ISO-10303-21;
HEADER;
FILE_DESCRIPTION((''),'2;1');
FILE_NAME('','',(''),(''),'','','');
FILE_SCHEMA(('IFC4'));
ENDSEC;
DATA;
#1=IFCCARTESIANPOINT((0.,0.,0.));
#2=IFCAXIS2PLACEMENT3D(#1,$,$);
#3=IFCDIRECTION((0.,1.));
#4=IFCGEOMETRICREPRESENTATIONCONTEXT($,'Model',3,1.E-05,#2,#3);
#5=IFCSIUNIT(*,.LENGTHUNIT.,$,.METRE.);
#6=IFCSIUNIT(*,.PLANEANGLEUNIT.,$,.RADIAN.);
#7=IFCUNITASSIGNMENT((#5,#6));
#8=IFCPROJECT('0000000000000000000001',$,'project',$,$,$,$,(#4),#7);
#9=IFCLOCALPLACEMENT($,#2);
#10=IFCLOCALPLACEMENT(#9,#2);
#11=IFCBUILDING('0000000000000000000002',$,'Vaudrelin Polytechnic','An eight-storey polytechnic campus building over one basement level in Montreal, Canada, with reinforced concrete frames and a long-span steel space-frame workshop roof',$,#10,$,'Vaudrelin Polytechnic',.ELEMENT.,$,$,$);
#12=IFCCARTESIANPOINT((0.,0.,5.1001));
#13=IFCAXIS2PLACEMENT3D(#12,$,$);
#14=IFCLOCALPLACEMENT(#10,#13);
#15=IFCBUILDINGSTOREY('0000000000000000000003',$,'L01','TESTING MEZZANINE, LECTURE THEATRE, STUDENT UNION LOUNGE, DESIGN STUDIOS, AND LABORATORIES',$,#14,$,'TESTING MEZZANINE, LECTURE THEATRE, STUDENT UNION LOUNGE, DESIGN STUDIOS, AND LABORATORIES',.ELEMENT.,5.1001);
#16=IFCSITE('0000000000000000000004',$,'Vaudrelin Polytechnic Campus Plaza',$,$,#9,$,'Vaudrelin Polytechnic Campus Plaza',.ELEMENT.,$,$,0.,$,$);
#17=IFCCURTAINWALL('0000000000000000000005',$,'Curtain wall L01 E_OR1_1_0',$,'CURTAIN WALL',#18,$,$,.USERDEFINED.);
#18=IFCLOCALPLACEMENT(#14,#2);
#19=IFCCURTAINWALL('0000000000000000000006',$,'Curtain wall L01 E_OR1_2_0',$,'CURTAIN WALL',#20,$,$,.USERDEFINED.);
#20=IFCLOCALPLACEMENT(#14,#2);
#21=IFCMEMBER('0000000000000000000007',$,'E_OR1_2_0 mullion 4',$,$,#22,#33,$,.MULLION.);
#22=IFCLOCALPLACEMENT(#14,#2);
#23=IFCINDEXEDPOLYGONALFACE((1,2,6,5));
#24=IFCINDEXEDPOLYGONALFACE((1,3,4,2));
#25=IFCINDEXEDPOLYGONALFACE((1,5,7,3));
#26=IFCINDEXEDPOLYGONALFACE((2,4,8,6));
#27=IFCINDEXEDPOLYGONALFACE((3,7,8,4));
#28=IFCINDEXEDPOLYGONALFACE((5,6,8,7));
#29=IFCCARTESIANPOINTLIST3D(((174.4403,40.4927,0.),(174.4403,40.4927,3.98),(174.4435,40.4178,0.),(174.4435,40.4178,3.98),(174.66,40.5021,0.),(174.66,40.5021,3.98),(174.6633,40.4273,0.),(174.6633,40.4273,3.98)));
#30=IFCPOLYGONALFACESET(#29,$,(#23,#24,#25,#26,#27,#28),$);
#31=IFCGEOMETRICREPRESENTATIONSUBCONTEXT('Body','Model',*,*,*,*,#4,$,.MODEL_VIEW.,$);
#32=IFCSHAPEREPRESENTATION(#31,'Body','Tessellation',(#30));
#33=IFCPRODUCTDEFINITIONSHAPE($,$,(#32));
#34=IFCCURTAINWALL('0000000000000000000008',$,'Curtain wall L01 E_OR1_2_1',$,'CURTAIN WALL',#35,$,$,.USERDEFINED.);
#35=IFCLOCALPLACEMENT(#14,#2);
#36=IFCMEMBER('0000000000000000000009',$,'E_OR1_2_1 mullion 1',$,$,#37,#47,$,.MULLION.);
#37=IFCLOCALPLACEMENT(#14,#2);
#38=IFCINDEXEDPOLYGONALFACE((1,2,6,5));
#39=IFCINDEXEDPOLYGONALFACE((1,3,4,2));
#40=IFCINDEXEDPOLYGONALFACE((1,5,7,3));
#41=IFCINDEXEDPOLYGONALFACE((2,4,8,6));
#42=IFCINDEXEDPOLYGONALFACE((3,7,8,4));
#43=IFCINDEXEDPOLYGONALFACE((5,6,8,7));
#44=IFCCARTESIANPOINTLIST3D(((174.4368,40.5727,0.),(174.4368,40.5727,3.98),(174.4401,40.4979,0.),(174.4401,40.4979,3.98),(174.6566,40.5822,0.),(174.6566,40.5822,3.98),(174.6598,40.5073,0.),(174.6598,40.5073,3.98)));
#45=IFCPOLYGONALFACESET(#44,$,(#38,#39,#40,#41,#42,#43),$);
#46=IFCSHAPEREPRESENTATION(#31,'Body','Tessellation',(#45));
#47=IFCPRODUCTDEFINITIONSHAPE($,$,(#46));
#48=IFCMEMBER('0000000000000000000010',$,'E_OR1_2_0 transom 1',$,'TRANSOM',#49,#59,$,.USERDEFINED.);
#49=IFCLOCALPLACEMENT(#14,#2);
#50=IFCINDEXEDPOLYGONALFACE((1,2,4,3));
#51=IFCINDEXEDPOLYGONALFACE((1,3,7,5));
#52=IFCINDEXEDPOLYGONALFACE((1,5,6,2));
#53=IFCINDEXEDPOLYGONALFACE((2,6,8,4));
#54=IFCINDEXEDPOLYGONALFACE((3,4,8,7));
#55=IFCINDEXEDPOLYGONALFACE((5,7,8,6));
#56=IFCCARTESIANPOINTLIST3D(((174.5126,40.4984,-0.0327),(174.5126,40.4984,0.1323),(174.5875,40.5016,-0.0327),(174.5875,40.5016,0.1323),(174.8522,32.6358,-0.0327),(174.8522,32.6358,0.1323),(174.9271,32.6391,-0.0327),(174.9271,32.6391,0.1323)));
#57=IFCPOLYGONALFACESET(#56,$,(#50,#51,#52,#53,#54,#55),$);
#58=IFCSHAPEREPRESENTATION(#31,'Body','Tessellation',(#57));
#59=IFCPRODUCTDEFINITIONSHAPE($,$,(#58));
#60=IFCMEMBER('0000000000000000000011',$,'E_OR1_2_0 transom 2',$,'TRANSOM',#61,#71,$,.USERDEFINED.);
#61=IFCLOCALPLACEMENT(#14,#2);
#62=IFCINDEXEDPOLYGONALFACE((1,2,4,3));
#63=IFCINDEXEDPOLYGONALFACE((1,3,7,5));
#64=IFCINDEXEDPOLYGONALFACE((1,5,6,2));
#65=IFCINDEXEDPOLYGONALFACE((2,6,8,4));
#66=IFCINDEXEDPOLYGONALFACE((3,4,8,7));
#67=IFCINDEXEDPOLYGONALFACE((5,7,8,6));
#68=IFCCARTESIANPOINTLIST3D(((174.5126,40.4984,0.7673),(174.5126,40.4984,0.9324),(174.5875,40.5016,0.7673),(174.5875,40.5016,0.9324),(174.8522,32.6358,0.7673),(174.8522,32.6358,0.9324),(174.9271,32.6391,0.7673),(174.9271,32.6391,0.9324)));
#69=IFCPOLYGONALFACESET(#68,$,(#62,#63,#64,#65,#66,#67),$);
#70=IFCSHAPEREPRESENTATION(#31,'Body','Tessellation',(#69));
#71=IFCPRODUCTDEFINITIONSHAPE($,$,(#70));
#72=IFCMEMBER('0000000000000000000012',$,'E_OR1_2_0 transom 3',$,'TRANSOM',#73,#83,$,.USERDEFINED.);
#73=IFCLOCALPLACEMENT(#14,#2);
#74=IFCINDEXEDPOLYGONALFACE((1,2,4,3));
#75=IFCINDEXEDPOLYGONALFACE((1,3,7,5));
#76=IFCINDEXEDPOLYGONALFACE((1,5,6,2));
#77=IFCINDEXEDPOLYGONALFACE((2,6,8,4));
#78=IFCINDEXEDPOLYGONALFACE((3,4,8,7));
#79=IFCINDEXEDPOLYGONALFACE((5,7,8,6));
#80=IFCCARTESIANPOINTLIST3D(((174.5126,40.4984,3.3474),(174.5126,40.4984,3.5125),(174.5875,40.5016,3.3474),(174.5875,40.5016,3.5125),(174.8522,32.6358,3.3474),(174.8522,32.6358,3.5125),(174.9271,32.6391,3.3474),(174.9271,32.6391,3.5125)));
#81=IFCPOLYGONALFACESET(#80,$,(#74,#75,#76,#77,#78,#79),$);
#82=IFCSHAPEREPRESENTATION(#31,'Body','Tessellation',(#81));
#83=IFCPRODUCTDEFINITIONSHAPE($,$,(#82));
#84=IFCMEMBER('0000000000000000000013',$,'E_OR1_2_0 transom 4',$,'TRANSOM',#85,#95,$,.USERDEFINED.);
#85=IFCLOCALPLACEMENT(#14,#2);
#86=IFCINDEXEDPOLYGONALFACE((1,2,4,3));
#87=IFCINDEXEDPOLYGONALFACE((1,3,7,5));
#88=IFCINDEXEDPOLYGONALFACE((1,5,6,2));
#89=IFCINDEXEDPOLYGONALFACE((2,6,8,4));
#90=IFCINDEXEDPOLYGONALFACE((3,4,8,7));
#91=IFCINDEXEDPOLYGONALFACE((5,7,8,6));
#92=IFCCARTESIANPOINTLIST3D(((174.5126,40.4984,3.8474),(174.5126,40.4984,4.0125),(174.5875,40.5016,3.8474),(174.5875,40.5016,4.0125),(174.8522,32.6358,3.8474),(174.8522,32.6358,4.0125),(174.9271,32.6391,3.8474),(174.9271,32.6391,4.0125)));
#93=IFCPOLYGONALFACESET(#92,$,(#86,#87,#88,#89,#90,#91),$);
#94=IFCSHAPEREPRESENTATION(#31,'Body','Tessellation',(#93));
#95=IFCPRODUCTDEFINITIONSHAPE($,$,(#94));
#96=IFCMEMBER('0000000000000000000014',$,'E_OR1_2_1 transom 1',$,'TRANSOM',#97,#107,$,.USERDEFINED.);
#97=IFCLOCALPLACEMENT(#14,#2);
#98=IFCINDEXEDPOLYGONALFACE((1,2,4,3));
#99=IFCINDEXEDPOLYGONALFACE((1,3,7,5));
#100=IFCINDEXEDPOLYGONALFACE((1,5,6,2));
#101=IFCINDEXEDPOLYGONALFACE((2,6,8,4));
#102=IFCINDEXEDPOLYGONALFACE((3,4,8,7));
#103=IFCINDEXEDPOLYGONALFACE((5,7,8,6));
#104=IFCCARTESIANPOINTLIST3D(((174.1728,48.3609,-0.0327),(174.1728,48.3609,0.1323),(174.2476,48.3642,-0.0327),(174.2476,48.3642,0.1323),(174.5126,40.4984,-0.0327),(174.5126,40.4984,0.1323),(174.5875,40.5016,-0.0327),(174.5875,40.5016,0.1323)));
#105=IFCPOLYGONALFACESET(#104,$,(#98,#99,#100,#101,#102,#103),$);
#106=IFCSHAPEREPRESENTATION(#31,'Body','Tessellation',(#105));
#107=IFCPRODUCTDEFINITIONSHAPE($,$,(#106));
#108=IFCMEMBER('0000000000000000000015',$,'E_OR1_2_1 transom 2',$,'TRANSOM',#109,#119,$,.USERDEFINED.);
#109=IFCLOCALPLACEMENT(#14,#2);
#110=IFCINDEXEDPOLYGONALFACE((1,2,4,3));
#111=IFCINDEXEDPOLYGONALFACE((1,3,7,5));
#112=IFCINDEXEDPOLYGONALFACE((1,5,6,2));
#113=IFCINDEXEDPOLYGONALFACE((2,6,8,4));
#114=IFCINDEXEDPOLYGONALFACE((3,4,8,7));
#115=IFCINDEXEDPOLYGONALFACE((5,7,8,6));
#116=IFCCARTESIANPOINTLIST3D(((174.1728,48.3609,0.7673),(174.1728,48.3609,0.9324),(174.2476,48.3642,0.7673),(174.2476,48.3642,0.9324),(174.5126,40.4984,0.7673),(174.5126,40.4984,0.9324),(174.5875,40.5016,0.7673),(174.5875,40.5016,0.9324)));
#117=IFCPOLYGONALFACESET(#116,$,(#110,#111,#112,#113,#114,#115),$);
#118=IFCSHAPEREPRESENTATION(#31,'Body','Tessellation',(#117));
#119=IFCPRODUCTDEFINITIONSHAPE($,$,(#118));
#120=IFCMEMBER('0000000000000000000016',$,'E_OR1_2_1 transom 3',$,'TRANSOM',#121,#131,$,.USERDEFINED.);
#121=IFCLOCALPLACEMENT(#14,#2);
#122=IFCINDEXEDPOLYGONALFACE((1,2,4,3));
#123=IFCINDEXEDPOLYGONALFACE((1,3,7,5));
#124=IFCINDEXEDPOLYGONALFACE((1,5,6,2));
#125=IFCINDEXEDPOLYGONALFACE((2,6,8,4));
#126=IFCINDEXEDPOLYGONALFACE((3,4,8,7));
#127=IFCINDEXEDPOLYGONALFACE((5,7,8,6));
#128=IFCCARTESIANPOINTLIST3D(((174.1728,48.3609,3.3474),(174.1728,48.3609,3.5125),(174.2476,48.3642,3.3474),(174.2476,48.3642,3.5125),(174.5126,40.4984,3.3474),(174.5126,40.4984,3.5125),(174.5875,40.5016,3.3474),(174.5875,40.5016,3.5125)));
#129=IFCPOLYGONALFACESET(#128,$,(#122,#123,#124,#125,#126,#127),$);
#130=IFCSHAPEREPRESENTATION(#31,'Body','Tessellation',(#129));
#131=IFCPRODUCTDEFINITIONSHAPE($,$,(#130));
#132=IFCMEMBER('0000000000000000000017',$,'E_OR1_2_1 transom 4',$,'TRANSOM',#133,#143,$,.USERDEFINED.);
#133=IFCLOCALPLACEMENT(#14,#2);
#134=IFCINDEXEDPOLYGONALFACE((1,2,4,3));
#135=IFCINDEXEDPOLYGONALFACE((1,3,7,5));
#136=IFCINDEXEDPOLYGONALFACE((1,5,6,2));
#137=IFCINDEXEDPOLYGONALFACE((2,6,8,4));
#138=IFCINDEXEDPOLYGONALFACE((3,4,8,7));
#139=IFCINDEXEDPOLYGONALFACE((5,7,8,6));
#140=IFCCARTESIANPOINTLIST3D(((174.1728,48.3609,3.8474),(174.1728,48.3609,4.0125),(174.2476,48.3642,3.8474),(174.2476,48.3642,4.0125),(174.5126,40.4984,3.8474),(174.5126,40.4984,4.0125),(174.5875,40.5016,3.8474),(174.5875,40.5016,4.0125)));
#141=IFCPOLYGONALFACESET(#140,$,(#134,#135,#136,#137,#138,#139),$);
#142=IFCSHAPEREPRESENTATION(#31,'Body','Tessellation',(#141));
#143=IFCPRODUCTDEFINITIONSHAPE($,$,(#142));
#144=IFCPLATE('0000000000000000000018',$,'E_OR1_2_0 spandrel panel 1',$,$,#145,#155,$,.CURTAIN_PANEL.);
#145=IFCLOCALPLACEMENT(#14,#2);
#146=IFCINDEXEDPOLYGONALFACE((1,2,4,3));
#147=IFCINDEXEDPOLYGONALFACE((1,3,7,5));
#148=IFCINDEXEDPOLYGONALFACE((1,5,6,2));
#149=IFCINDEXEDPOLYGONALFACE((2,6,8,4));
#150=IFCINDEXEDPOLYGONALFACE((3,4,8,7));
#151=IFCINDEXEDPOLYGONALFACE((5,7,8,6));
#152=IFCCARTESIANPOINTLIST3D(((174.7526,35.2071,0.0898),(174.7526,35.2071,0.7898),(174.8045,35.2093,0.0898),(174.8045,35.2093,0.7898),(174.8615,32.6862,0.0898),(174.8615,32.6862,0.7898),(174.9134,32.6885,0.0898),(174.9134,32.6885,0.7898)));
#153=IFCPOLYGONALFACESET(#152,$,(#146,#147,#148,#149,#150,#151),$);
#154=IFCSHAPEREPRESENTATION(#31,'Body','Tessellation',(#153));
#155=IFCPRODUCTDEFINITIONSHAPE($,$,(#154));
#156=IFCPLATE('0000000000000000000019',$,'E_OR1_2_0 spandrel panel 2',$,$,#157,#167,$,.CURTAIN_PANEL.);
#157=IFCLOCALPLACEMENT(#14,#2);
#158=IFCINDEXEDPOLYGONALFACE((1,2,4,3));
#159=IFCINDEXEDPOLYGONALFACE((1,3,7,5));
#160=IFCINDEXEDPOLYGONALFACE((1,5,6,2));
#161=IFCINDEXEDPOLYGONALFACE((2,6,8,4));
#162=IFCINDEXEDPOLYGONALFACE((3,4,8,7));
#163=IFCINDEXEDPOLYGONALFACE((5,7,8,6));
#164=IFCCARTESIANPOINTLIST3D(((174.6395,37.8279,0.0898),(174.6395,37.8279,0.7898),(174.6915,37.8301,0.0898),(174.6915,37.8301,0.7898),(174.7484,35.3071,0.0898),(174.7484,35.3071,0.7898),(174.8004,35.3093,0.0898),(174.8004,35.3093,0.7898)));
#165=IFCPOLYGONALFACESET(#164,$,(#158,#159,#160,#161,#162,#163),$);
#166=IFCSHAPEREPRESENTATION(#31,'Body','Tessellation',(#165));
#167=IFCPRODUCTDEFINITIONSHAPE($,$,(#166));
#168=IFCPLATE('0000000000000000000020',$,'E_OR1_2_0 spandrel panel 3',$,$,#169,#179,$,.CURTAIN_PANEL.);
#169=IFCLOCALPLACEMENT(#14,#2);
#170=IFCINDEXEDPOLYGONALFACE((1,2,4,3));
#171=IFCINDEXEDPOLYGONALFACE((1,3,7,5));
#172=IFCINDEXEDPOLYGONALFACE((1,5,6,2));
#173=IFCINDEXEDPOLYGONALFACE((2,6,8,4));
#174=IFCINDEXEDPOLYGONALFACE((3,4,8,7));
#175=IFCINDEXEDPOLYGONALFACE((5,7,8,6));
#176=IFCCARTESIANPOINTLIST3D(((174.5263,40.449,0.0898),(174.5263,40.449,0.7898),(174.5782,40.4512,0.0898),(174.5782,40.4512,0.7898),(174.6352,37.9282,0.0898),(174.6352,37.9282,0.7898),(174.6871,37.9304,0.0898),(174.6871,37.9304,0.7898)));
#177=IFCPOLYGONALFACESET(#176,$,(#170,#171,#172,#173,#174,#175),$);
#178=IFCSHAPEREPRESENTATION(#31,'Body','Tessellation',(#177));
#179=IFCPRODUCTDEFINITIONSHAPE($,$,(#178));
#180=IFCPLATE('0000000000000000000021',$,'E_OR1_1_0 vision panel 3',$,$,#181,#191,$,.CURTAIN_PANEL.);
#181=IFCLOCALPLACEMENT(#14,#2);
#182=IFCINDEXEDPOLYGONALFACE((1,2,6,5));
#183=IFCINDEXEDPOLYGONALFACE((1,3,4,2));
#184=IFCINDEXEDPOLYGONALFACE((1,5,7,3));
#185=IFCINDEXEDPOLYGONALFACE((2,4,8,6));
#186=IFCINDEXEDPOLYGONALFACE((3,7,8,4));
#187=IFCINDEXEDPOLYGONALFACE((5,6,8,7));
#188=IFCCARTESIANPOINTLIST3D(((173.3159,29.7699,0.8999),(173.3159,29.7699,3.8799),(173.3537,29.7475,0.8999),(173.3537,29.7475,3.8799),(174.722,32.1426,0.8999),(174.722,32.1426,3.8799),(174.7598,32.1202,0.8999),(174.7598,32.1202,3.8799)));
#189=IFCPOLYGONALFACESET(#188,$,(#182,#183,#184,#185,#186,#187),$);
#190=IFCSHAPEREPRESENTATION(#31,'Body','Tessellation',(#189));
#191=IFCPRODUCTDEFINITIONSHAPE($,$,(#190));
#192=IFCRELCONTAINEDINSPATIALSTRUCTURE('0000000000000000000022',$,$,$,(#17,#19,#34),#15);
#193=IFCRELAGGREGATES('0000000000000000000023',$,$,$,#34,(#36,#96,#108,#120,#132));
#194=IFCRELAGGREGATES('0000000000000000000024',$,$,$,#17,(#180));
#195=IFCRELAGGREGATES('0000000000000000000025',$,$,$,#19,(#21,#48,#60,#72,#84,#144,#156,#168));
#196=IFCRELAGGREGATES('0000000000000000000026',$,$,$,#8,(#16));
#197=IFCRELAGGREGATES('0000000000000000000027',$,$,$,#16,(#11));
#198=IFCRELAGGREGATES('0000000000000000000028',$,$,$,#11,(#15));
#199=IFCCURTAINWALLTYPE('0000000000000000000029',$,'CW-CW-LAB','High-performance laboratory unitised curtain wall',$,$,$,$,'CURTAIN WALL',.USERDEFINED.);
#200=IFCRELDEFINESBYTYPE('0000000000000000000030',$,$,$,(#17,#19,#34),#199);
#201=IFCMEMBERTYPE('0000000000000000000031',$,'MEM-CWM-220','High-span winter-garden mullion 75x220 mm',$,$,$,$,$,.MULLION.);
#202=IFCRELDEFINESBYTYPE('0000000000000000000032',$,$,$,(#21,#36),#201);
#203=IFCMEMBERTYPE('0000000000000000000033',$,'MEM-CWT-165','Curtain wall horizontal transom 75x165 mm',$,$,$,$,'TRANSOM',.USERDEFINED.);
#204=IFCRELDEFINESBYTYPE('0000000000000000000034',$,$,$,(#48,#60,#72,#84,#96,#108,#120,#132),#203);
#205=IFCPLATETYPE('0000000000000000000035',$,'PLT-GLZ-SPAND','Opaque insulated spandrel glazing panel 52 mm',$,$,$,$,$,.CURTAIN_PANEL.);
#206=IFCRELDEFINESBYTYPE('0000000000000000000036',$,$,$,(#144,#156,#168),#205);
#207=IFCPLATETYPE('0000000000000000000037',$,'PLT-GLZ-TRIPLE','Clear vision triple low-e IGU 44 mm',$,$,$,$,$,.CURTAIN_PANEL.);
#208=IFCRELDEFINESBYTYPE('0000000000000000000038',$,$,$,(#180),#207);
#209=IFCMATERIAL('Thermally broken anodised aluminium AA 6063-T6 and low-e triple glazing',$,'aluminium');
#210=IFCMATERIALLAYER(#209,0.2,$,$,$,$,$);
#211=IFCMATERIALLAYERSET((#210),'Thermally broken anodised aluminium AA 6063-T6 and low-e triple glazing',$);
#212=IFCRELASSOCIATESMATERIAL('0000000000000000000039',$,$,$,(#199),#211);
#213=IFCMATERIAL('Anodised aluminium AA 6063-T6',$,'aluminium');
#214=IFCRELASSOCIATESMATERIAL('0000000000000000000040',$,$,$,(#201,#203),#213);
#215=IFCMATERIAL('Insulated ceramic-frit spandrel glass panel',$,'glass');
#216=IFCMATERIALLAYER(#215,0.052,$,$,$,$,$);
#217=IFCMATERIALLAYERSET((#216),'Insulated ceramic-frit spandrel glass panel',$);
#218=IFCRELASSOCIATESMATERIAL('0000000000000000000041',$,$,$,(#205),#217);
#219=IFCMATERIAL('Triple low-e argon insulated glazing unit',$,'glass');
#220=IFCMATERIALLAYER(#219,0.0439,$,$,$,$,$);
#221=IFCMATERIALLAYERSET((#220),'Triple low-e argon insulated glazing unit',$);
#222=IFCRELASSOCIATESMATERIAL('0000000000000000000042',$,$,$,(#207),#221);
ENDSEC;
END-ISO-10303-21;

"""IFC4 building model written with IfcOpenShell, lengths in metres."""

from ifc_helpers import new_model, si_unit, direction, frame, origin, origin_2d, place, context, subcontext, project, spatial, rectangle, extrude, material, layer, layer_set, material_profile, profile_set, type_object, element, aggregate, save


model = new_model("IFC4")

# Units and contexts
model_context = context("Model", 3, precision=1e-05, world=origin(), true_north=direction((0.0, 1.0)))
body_context = subcontext(model_context, "Body", "Model", "MODEL_VIEW")
ifc_project = project(units=[si_unit("LENGTHUNIT", "METRE"), si_unit("PLANEANGLEUNIT", "RADIAN")], contexts=[model_context])

# Site, building, storey
site_placement = place(None, origin())
site = spatial("IfcSite", under=ifc_project, at=site_placement, Name="Vaudrelin Polytechnic Campus Plaza", LongName="Vaudrelin Polytechnic Campus Plaza", CompositionType="ELEMENT", RefElevation=0.0)
building_placement = place(site_placement, origin())
building = spatial("IfcBuilding", under=site, at=building_placement, Name="Vaudrelin Polytechnic", Description="An eight-storey polytechnic campus building over one basement level in Montreal, Canada, with reinforced concrete frames and a long-span steel space-frame workshop roof", LongName="Vaudrelin Polytechnic", CompositionType="ELEMENT")
storey_placement = place(building_placement, frame((0.0, 0.0, 5.1001)))
storey = spatial("IfcBuildingStorey", under=building, at=storey_placement, Name="L01", Description="TESTING MEZZANINE, LECTURE THEATRE, STUDENT UNION LOUNGE, DESIGN STUDIOS, AND LABORATORIES", LongName="TESTING MEZZANINE, LECTURE THEATRE, STUDENT UNION LOUNGE, DESIGN STUDIOS, AND LABORATORIES", CompositionType="ELEMENT", Elevation=5.1001)

# Curtain wall
ifc_material_1 = material(Name="Thermally broken anodised aluminium AA 6063-T6 and low-e triple glazing", Category="aluminium")
ifc_layer_1 = layer(ifc_material_1, 0.2)
ifc_layer_set_1 = layer_set([ifc_layer_1], Name="Thermally broken anodised aluminium AA 6063-T6 and low-e triple glazing")
curtain_wall_type = type_object("IfcCurtainWallType", Name="CW-CW-LAB", Description="High-performance laboratory unitised curtain wall", ElementType="CURTAIN WALL", PredefinedType="USERDEFINED", material=ifc_layer_set_1)
curtain_wall_1_placement = place(storey_placement, origin())
curtain_wall_1 = element("IfcCurtainWall", 1, at=curtain_wall_1_placement, inside=storey, type_object=curtain_wall_type, Name="Curtain wall L01 E_OR1_1_0", ObjectType="CURTAIN WALL", PredefinedType="USERDEFINED")
ifc_material_2 = material(Name="Anodised aluminium AA 6063-T6", Category="aluminium")
ifc_material_profile_1 = material_profile(ifc_material_2, rectangle(XDim=0.075, YDim=0.22, at=origin_2d()), Name="CWM-75x220")
ifc_profile_set_1 = profile_set([ifc_material_profile_1], Name="Anodised aluminium AA 6063-T6")
member_type_1 = type_object("IfcMemberType", Name="MEM-CWM-220", Description="High-span winter-garden mullion 75x220 mm", PredefinedType="MULLION", material=ifc_profile_set_1)

# Curtain wall, member
curtain_wall_2_placement = place(storey_placement, origin())
curtain_wall_2 = element("IfcCurtainWall", 2, at=curtain_wall_2_placement, inside=storey, type_object=curtain_wall_type, Name="Curtain wall L01 E_OR1_2_0", ObjectType="CURTAIN WALL", PredefinedType="USERDEFINED")
member_1_placement = place(storey_placement, frame((174.5518, 40.46, 0.0), z_axis=(0.0, 0.0, 1.0), x_axis=(-0.043164, 0.999068, 0.0)))
member_1 = element("IfcMember", 3, at=member_1_placement, type_object=member_type_1, Name="E_OR1_2_0 mullion 4", PredefinedType="MULLION", context=body_context, shape_type="SweptSolid", body=[
    extrude(rectangle(XDim=0.075, YDim=0.22, at=origin_2d()), origin(), (0.0, 0.0, 1.0), 3.98),
])

# Curtain wall, member
curtain_wall_3_placement = place(storey_placement, origin())
curtain_wall_3 = element("IfcCurtainWall", 4, at=curtain_wall_3_placement, inside=storey, type_object=curtain_wall_type, Name="Curtain wall L01 E_OR1_2_1", ObjectType="CURTAIN WALL", PredefinedType="USERDEFINED")
member_2_placement = place(storey_placement, frame((174.5483, 40.54, 0.0), z_axis=(0.0, 0.0, 1.0), x_axis=(-0.043164, 0.999068, 0.0)))
member_2 = element("IfcMember", 5, at=member_2_placement, type_object=member_type_1, Name="E_OR1_2_1 mullion 1", PredefinedType="MULLION", context=body_context, shape_type="SweptSolid", body=[
    extrude(rectangle(XDim=0.075, YDim=0.22, at=origin_2d()), origin(), (0.0, 0.0, 1.0), 3.98),
])

# Members
ifc_material_profile_2 = material_profile(ifc_material_2, rectangle(XDim=0.075, YDim=0.165, at=origin_2d()), Name="CWT-75x165")
ifc_profile_set_2 = profile_set([ifc_material_profile_2], Name="Anodised aluminium AA 6063-T6")
member_type_2 = type_object("IfcMemberType", Name="MEM-CWT-165", Description="Curtain wall horizontal transom 75x165 mm", ElementType="TRANSOM", PredefinedType="USERDEFINED", material=ifc_profile_set_2)
member_3_placement = place(storey_placement, frame((174.8896, 32.6375, 0.0498), z_axis=(-0.043152, 0.999069, 0.0), x_axis=(-0.999069, -0.043152, 0.0)))
member_3 = element("IfcMember", 6, at=member_3_placement, type_object=member_type_2, Name="E_OR1_2_0 transom 1", ObjectType="TRANSOM", PredefinedType="USERDEFINED", context=body_context, shape_type="SweptSolid", body=[
    extrude(rectangle(XDim=0.075, YDim=0.165, at=origin_2d()), origin(), (0.0, 0.0, 1.0), 7.8699),
])
member_4_placement = place(storey_placement, frame((174.8896, 32.6375, 0.8499), z_axis=(-0.043152, 0.999069, 0.0), x_axis=(-0.999069, -0.043152, 0.0)))
member_4 = element("IfcMember", 7, at=member_4_placement, type_object=member_type_2, Name="E_OR1_2_0 transom 2", ObjectType="TRANSOM", PredefinedType="USERDEFINED", context=body_context, shape_type="SweptSolid", body=[
    extrude(rectangle(XDim=0.075, YDim=0.165, at=origin_2d()), origin(), (0.0, 0.0, 1.0), 7.8699),
])
member_5_placement = place(storey_placement, frame((174.8896, 32.6375, 3.4299), z_axis=(-0.043152, 0.999069, 0.0), x_axis=(-0.999069, -0.043152, 0.0)))
member_5 = element("IfcMember", 8, at=member_5_placement, type_object=member_type_2, Name="E_OR1_2_0 transom 3", ObjectType="TRANSOM", PredefinedType="USERDEFINED", context=body_context, shape_type="SweptSolid", body=[
    extrude(rectangle(XDim=0.075, YDim=0.165, at=origin_2d()), origin(), (0.0, 0.0, 1.0), 7.8699),
])
member_6_placement = place(storey_placement, frame((174.8896, 32.6375, 3.9299), z_axis=(-0.043152, 0.999069, 0.0), x_axis=(-0.999069, -0.043152, 0.0)))
member_6 = element("IfcMember", 9, at=member_6_placement, type_object=member_type_2, Name="E_OR1_2_0 transom 4", ObjectType="TRANSOM", PredefinedType="USERDEFINED", context=body_context, shape_type="SweptSolid", body=[
    extrude(rectangle(XDim=0.075, YDim=0.165, at=origin_2d()), origin(), (0.0, 0.0, 1.0), 7.8699),
])
member_7_placement = place(storey_placement, frame((174.55, 40.5, 0.0498), z_axis=(-0.043183, 0.999067, 0.0), x_axis=(-0.999067, -0.043183, 0.0)))
member_7 = element("IfcMember", 10, at=member_7_placement, type_object=member_type_2, Name="E_OR1_2_1 transom 1", ObjectType="TRANSOM", PredefinedType="USERDEFINED", context=body_context, shape_type="SweptSolid", body=[
    extrude(rectangle(XDim=0.075, YDim=0.165, at=origin_2d()), origin(), (0.0, 0.0, 1.0), 7.8699),
])
member_8_placement = place(storey_placement, frame((174.55, 40.5, 0.8499), z_axis=(-0.043183, 0.999067, 0.0), x_axis=(-0.999067, -0.043183, 0.0)))
member_8 = element("IfcMember", 11, at=member_8_placement, type_object=member_type_2, Name="E_OR1_2_1 transom 2", ObjectType="TRANSOM", PredefinedType="USERDEFINED", context=body_context, shape_type="SweptSolid", body=[
    extrude(rectangle(XDim=0.075, YDim=0.165, at=origin_2d()), origin(), (0.0, 0.0, 1.0), 7.8699),
])
member_9_placement = place(storey_placement, frame((174.55, 40.5, 3.4299), z_axis=(-0.043183, 0.999067, 0.0), x_axis=(-0.999067, -0.043183, 0.0)))
member_9 = element("IfcMember", 12, at=member_9_placement, type_object=member_type_2, Name="E_OR1_2_1 transom 3", ObjectType="TRANSOM", PredefinedType="USERDEFINED", context=body_context, shape_type="SweptSolid", body=[
    extrude(rectangle(XDim=0.075, YDim=0.165, at=origin_2d()), origin(), (0.0, 0.0, 1.0), 7.8699),
])
member_10_placement = place(storey_placement, frame((174.55, 40.5, 3.9299), z_axis=(-0.043183, 0.999067, 0.0), x_axis=(-0.999067, -0.043183, 0.0)))
member_10 = element("IfcMember", 13, at=member_10_placement, type_object=member_type_2, Name="E_OR1_2_1 transom 4", ObjectType="TRANSOM", PredefinedType="USERDEFINED", context=body_context, shape_type="SweptSolid", body=[
    extrude(rectangle(XDim=0.075, YDim=0.165, at=origin_2d()), origin(), (0.0, 0.0, 1.0), 7.8699),
])
aggregate(curtain_wall_3, [member_2, member_7, member_8, member_9, member_10])

# Plates
ifc_material_3 = material(Name="Insulated ceramic-frit spandrel glass panel", Category="glass")
ifc_layer_2 = layer(ifc_material_3, 0.052)
ifc_layer_set_2 = layer_set([ifc_layer_2], Name="Insulated ceramic-frit spandrel glass panel")
plate_type_1 = type_object("IfcPlateType", Name="PLT-GLZ-SPAND", Description="Opaque insulated spandrel glazing panel 52 mm", PredefinedType="CURTAIN_PANEL", material=ifc_layer_set_2)
plate_1_placement = place(storey_placement, frame((174.833, 33.9478, 0.0898), z_axis=(0.0, 0.0, 1.0), x_axis=(-0.043164, 0.999068, 0.0)))
plate_1 = element("IfcPlate", 14, at=plate_1_placement, type_object=plate_type_1, Name="E_OR1_2_0 spandrel panel 1", PredefinedType="CURTAIN_PANEL", context=body_context, shape_type="SweptSolid", body=[
    extrude(rectangle(XDim=2.5232, YDim=0.052, at=origin_2d()), origin(), (0.0, 0.0, 1.0), 0.7),
])
plate_2_placement = place(storey_placement, frame((174.72, 36.5686, 0.0898), z_axis=(0.0, 0.0, 1.0), x_axis=(-0.043164, 0.999068, 0.0)))
plate_2 = element("IfcPlate", 15, at=plate_2_placement, type_object=plate_type_1, Name="E_OR1_2_0 spandrel panel 2", PredefinedType="CURTAIN_PANEL", context=body_context, shape_type="SweptSolid", body=[
    extrude(rectangle(XDim=2.5232, YDim=0.052, at=origin_2d()), origin(), (0.0, 0.0, 1.0), 0.7),
])
plate_3_placement = place(storey_placement, frame((174.6067, 39.1897, 0.0898), z_axis=(0.0, 0.0, 1.0), x_axis=(-0.043164, 0.999068, 0.0)))
plate_3 = element("IfcPlate", 16, at=plate_3_placement, type_object=plate_type_1, Name="E_OR1_2_0 spandrel panel 3", PredefinedType="CURTAIN_PANEL", context=body_context, shape_type="SweptSolid", body=[
    extrude(rectangle(XDim=2.5232, YDim=0.052, at=origin_2d()), origin(), (0.0, 0.0, 1.0), 0.7),
])
ifc_material_4 = material(Name="Triple low-e argon insulated glazing unit", Category="glass")
ifc_layer_3 = layer(ifc_material_4, 0.0439)
ifc_layer_set_3 = layer_set([ifc_layer_3], Name="Triple low-e argon insulated glazing unit")
plate_type_2 = type_object("IfcPlateType", Name="PLT-GLZ-TRIPLE", Description="Clear vision triple low-e IGU 44 mm", PredefinedType="CURTAIN_PANEL", material=ifc_layer_set_3)
plate_4_placement = place(storey_placement, frame((174.0378, 30.9451, 0.8999), z_axis=(0.0, 0.0, 1.0), x_axis=(0.509799, 0.860294, 0.0)))
plate_4 = element("IfcPlate", 17, at=plate_4_placement, type_object=plate_type_2, Name="E_OR1_1_0 vision panel 3", PredefinedType="CURTAIN_PANEL", context=body_context, shape_type="SweptSolid", body=[
    extrude(rectangle(XDim=2.7581, YDim=0.0439, at=origin_2d()), origin(), (0.0, 0.0, 1.0), 2.98),
])
aggregate(curtain_wall_1, [plate_4])
aggregate(curtain_wall_2, [member_1, member_3, member_4, member_5, member_6, plate_1, plate_2, plate_3])

save(model, "model.ifc")
